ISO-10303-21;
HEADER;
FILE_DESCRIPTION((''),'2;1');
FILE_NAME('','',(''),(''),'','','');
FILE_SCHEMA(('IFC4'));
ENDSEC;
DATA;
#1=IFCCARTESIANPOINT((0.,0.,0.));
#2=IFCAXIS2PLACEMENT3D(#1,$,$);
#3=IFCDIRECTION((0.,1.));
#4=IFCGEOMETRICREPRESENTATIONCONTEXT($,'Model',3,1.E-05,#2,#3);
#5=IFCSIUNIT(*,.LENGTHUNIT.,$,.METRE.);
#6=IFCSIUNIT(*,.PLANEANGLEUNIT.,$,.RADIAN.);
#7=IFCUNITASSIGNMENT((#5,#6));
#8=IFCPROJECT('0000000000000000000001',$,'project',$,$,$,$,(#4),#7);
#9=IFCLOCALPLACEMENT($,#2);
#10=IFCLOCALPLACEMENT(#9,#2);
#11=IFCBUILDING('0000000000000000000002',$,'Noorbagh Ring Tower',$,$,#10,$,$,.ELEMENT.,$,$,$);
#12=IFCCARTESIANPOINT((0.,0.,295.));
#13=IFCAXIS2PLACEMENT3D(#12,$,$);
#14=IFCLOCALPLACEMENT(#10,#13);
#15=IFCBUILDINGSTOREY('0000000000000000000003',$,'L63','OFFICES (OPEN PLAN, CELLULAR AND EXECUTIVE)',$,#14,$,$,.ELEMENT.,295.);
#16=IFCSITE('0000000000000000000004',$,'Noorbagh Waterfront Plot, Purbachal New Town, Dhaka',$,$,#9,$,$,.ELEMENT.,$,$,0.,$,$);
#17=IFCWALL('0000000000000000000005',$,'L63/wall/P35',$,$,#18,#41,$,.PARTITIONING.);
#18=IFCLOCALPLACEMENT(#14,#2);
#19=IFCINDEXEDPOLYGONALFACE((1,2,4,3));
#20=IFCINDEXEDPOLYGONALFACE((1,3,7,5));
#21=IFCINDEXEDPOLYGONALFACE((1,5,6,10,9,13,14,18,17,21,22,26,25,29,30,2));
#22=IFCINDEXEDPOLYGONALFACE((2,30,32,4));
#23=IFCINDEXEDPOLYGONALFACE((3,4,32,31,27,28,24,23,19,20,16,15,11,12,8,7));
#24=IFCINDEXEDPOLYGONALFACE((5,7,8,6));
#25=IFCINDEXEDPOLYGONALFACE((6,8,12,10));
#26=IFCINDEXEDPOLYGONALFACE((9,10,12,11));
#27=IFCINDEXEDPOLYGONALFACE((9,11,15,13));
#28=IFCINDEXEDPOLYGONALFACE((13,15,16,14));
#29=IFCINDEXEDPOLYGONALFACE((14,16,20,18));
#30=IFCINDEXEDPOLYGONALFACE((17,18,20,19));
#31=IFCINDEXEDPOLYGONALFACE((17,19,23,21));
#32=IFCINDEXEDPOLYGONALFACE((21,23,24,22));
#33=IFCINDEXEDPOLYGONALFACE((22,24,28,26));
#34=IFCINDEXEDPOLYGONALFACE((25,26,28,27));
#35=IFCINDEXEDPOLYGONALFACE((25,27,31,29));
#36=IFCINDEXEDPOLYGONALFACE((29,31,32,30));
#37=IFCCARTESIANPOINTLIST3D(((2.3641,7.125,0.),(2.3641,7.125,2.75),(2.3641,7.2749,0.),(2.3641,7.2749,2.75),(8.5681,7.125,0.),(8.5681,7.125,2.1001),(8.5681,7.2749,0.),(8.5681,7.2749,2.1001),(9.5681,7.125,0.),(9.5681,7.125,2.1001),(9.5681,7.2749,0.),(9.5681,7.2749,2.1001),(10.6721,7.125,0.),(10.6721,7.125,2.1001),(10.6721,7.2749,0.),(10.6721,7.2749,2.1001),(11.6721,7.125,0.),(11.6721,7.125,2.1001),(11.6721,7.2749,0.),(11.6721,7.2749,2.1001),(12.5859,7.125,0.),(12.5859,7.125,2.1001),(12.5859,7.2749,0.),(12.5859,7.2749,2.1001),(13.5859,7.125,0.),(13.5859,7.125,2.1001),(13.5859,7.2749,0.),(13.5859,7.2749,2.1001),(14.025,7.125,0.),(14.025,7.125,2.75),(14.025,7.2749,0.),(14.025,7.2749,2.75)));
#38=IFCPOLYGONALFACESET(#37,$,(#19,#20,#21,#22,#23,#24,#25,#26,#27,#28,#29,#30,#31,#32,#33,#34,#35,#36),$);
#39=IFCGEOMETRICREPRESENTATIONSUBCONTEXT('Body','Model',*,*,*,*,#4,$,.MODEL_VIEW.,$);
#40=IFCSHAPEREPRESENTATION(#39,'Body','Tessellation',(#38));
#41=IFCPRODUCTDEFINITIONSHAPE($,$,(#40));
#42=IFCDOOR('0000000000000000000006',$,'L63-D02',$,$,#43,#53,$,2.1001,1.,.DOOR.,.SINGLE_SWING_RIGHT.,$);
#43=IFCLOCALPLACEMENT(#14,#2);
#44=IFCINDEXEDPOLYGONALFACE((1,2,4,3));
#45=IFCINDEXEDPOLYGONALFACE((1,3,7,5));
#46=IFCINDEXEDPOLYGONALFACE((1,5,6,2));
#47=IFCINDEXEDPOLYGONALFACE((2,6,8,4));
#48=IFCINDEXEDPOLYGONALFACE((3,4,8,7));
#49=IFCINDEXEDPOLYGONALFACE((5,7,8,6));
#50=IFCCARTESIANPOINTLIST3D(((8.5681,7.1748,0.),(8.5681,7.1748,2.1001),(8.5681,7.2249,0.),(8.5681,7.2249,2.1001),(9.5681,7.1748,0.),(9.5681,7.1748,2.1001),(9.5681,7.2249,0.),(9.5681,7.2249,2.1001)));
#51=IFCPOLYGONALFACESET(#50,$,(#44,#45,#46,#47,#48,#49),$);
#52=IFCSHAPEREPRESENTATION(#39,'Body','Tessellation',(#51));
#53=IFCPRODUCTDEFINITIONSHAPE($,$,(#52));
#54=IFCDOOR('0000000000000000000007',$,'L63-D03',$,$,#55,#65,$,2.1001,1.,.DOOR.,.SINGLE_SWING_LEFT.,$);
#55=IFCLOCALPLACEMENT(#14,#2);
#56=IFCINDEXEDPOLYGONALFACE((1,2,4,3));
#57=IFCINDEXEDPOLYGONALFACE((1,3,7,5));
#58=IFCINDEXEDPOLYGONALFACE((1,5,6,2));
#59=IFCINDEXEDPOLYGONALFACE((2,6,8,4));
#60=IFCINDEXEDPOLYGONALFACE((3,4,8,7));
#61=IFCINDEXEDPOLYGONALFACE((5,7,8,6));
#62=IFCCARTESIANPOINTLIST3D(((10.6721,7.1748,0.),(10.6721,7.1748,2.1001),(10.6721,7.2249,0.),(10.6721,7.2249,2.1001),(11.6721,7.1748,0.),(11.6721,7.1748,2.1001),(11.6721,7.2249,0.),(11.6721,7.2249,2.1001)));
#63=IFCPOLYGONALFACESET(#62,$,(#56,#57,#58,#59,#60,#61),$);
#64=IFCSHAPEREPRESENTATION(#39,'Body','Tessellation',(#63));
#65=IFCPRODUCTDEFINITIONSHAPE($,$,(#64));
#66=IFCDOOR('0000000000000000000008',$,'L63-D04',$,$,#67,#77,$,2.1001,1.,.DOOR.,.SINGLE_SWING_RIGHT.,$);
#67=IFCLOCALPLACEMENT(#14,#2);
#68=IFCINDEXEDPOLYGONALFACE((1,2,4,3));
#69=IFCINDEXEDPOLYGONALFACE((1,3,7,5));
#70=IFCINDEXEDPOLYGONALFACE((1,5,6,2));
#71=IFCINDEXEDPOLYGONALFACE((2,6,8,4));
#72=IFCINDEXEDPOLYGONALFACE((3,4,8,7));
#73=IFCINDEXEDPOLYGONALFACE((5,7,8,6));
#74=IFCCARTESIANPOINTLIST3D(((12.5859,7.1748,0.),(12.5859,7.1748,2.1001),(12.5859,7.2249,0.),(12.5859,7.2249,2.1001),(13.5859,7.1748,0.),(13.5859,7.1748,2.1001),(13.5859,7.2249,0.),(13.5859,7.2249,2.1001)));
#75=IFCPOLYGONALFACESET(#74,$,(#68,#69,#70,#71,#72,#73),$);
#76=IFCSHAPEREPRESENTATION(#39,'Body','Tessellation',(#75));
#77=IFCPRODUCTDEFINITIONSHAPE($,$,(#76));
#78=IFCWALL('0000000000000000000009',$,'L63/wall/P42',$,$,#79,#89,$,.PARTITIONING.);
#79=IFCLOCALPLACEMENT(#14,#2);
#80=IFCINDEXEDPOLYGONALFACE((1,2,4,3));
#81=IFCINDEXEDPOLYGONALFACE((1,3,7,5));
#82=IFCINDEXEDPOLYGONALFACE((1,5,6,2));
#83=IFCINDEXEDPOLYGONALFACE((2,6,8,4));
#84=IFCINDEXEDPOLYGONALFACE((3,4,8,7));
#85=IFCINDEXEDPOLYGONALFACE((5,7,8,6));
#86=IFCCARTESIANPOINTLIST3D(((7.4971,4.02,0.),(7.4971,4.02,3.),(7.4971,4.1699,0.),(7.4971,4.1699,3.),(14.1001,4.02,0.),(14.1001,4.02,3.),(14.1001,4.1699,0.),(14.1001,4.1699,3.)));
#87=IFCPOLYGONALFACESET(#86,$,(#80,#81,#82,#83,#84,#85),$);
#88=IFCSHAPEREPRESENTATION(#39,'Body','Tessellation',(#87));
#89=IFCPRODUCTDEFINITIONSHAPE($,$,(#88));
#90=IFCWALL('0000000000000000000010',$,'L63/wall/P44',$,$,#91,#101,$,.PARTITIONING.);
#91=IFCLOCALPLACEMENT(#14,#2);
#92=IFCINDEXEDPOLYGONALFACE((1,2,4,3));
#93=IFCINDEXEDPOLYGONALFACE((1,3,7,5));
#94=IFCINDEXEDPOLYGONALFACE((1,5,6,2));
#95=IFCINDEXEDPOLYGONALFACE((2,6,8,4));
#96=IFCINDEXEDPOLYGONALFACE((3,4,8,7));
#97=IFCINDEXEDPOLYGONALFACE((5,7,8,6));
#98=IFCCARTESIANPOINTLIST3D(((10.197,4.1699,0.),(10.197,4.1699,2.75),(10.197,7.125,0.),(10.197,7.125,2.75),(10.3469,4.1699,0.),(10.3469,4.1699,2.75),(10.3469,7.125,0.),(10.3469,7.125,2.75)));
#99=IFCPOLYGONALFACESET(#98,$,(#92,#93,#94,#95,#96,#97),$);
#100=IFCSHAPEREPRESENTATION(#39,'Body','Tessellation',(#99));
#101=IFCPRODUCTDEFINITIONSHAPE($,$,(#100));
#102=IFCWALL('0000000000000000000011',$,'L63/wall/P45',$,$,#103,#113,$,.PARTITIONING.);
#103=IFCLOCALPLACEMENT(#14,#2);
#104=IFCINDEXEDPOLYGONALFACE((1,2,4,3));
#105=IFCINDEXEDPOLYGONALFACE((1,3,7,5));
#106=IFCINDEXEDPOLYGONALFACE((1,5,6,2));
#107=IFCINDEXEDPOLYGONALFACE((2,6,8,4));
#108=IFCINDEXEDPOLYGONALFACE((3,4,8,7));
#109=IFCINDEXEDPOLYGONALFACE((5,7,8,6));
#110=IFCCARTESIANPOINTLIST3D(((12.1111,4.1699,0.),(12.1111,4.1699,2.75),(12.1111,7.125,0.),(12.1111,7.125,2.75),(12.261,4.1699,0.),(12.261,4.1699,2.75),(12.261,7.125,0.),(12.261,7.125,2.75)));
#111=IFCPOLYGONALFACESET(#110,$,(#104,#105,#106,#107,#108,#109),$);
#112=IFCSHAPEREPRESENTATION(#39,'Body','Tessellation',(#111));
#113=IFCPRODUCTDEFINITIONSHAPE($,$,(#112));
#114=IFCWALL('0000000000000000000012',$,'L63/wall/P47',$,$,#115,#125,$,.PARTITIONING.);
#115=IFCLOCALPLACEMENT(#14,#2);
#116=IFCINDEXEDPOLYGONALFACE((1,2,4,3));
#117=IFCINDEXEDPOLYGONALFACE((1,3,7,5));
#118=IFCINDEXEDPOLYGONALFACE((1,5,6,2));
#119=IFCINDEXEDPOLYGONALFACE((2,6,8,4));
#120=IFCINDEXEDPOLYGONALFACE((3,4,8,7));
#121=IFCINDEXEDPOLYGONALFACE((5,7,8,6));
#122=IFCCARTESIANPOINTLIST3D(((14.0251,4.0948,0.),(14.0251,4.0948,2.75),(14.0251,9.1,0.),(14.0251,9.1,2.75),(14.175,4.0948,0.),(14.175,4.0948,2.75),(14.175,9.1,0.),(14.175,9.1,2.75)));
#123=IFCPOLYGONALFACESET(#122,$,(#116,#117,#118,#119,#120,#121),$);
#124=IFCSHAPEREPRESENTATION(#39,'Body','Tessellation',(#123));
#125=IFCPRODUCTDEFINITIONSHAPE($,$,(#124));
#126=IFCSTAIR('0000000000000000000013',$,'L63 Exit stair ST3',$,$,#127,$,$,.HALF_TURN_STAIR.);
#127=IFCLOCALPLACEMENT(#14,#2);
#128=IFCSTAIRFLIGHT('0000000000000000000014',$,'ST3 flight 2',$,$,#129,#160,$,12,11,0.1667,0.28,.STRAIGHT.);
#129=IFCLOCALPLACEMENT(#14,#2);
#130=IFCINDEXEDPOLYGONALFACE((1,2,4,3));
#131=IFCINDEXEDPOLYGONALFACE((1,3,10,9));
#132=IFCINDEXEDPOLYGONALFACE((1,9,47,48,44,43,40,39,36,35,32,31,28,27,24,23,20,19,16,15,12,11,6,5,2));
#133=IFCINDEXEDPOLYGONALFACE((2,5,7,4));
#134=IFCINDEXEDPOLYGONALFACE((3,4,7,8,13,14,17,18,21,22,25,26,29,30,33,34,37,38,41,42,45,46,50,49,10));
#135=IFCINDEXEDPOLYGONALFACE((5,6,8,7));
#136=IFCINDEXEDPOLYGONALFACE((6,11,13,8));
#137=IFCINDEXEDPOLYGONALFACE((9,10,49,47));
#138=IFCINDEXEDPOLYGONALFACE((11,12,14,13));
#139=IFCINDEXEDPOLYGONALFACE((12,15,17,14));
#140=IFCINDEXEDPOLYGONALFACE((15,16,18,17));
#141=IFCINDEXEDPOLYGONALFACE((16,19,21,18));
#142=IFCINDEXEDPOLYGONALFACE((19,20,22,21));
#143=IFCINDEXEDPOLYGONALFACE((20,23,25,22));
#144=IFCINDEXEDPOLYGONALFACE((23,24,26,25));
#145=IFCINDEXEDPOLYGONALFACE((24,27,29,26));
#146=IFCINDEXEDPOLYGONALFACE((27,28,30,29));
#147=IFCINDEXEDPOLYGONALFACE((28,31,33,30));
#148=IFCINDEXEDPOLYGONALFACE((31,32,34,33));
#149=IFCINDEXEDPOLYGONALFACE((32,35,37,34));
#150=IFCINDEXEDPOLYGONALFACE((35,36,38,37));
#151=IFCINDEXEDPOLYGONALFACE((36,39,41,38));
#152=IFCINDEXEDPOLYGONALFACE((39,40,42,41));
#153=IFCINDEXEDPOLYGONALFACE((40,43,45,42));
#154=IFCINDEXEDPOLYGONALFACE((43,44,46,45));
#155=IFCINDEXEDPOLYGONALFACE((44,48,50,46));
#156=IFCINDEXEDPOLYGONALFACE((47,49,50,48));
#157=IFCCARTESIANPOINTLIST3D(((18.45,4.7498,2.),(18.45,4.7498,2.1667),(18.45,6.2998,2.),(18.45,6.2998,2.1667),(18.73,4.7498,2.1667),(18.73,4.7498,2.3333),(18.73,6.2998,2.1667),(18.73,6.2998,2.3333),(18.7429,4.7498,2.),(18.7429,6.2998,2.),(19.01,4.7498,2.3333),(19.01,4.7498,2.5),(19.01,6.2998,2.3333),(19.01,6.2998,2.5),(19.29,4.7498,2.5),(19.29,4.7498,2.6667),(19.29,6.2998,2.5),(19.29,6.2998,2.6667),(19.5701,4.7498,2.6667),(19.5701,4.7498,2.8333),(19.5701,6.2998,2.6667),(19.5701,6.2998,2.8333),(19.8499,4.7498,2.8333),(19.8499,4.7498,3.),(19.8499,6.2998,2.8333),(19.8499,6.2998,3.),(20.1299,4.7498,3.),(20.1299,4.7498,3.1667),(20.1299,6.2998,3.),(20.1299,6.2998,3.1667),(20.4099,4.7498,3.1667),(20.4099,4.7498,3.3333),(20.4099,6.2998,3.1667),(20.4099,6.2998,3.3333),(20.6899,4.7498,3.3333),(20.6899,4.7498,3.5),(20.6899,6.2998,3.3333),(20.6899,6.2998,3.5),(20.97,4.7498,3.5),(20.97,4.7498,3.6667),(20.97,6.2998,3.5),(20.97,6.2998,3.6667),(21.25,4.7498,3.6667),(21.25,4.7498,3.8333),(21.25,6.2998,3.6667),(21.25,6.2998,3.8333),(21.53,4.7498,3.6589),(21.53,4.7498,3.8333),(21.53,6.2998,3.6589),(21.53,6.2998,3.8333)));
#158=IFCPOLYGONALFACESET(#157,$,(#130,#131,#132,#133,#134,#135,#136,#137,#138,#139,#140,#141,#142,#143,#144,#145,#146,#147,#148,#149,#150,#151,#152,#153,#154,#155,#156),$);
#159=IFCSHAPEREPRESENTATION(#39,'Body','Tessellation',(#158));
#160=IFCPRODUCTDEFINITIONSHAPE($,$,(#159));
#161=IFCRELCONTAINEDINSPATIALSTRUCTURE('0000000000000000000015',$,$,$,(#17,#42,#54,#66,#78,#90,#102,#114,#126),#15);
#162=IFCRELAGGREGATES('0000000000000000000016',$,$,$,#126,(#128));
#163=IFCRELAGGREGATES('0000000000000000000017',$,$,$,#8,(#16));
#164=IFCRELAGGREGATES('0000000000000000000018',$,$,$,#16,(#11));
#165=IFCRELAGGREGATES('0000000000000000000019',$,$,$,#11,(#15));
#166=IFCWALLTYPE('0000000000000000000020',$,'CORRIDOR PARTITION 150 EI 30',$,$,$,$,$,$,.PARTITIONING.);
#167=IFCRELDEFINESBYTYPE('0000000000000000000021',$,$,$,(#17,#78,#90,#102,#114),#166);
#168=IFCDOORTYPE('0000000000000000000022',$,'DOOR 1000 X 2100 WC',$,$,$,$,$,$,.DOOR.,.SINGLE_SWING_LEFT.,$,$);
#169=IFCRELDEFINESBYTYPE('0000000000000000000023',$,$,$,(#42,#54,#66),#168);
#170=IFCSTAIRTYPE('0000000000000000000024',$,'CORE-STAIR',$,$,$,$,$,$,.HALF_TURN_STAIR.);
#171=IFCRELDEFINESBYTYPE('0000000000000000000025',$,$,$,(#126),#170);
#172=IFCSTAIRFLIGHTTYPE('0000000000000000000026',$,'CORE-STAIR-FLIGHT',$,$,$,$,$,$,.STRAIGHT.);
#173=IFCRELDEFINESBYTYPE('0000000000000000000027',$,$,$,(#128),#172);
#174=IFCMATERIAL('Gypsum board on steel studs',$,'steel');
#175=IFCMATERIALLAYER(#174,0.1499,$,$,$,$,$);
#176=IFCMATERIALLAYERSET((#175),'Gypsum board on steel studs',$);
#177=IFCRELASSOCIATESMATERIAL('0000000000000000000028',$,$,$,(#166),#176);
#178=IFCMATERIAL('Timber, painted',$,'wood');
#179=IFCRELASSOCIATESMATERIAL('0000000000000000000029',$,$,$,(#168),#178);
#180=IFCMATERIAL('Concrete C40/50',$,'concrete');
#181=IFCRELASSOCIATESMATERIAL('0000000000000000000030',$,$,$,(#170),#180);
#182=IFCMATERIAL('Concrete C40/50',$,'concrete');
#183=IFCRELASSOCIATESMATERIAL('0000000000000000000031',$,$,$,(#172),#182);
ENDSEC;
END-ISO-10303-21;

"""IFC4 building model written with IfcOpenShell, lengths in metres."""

from ifc_helpers import new_model, si_unit, direction, frame, frame_2d, origin, place, context, subcontext, project, spatial, polyline, rectangle, outline, extrude, material, layer, layer_set, type_object, element, fill, aggregate, save


model = new_model("IFC4")

# Units and contexts
model_context = context("Model", 3, precision=1e-05, world=origin(), true_north=direction((0.0, 1.0)))
body_context = subcontext(model_context, "Body", "Model", "MODEL_VIEW")
ifc_project = project(units=[si_unit("LENGTHUNIT", "METRE"), si_unit("PLANEANGLEUNIT", "RADIAN")], contexts=[model_context])

# Site, building, storey
site_placement = place(None, origin())
site = spatial("IfcSite", under=ifc_project, at=site_placement, Name="Noorbagh Waterfront Plot, Purbachal New Town, Dhaka", CompositionType="ELEMENT", RefElevation=0.0)
building_placement = place(site_placement, origin())
building = spatial("IfcBuilding", under=site, at=building_placement, Name="Noorbagh Ring Tower", CompositionType="ELEMENT")
storey_placement = place(building_placement, frame((0.0, 0.0, 295.0)))
storey = spatial("IfcBuildingStorey", under=building, at=storey_placement, Name="L63", Description="OFFICES (OPEN PLAN, CELLULAR AND EXECUTIVE)", CompositionType="ELEMENT", Elevation=295.0)

# Shared definitions
ifc_material_1 = material(Name="Gypsum board on steel studs", Category="steel")
ifc_layer_1 = layer(ifc_material_1, 0.1499)
ifc_layer_set_1 = layer_set([ifc_layer_1], Name="Gypsum board on steel studs")
wall_type_1 = type_object("IfcWallType", Name="CORRIDOR PARTITION 150 EI 30", PredefinedType="PARTITIONING", material=ifc_layer_set_1)

# Wall, openings, doors
wall_1_placement = place(storey_placement, frame((2.364, 7.2, 0.0), z_axis=(0.0, 0.0, 1.0), x_axis=(1.0, 0.0, 0.0)))
wall_1 = element("IfcWall", 1, at=wall_1_placement, inside=storey, type_object=wall_type_1, Name="L63/wall/P35", PredefinedType="PARTITIONING", context=body_context, shape_type="SweptSolid", body=[
    extrude(rectangle(XDim=11.6609, YDim=0.1499, at=frame_2d((5.8306, 0.0))), origin(), (0.0, 0.0, 1.0), 2.75),
])
opening_1_placement = place(wall_1_placement, frame((6.2041, 0.0, 0.0)))
opening_1 = element("IfcOpeningElement", 2, at=opening_1_placement, cuts=wall_1, PredefinedType="OPENING", context=body_context, shape_type="SweptSolid", body=[
    extrude(rectangle(XDim=1.0, YDim=2.1001, at=frame_2d((0.5, 1.05))), frame((0.0, 0.085, 0.0), z_axis=(0.0, -1.0, 0.0), x_axis=(1.0, 0.0, 0.0)), (0.0, 0.0, 1.0), 0.1699),
])
opening_2_placement = place(wall_1_placement, frame((8.3081, 0.0, 0.0)))
opening_2 = element("IfcOpeningElement", 3, at=opening_2_placement, cuts=wall_1, PredefinedType="OPENING", context=body_context, shape_type="SweptSolid", body=[
    extrude(rectangle(XDim=1.0, YDim=2.1001, at=frame_2d((0.5, 1.05))), frame((0.0, 0.085, 0.0), z_axis=(0.0, -1.0, 0.0), x_axis=(1.0, 0.0, 0.0)), (0.0, 0.0, 1.0), 0.1699),
])
opening_3_placement = place(wall_1_placement, frame((10.2219, 0.0, 0.0)))
opening_3 = element("IfcOpeningElement", 4, at=opening_3_placement, cuts=wall_1, PredefinedType="OPENING", context=body_context, shape_type="SweptSolid", body=[
    extrude(rectangle(XDim=1.0, YDim=2.1001, at=frame_2d((0.5, 1.05))), frame((0.0, 0.085, 0.0), z_axis=(0.0, -1.0, 0.0), x_axis=(1.0, 0.0, 0.0)), (0.0, 0.0, 1.0), 0.1699),
])
ifc_material_2 = material(Name="Timber, painted", Category="wood")
door_type_1 = type_object("IfcDoorType", Name="DOOR 1000 X 2100 WC", OperationType="SINGLE_SWING_LEFT", PredefinedType="DOOR", material=ifc_material_2)
door_1_placement = place(opening_1_placement, origin())
door_1 = element("IfcDoor", 5, at=door_1_placement, inside=storey, type_object=door_type_1, Name="L63-D02", OperationType="SINGLE_SWING_RIGHT", OverallHeight=2.1001, OverallWidth=1.0, PredefinedType="DOOR", context=body_context, shape_type="SweptSolid", body=[
    extrude(rectangle(XDim=1.0, YDim=2.1001, at=frame_2d((0.5, 1.05))), frame((0.0, 0.0249, 0.0), z_axis=(0.0, -1.0, 0.0), x_axis=(1.0, 0.0, 0.0)), (0.0, 0.0, 1.0), 0.05),
])
fill(opening_1, door_1)
door_2_placement = place(opening_2_placement, origin())
door_2 = element("IfcDoor", 6, at=door_2_placement, inside=storey, type_object=door_type_1, Name="L63-D03", OperationType="SINGLE_SWING_LEFT", OverallHeight=2.1001, OverallWidth=1.0, PredefinedType="DOOR", context=body_context, shape_type="SweptSolid", body=[
    extrude(rectangle(XDim=1.0, YDim=2.1001, at=frame_2d((0.5, 1.05))), frame((0.0, 0.0249, 0.0), z_axis=(0.0, -1.0, 0.0), x_axis=(1.0, 0.0, 0.0)), (0.0, 0.0, 1.0), 0.05),
])
fill(opening_2, door_2)
door_3_placement = place(opening_3_placement, origin())
door_3 = element("IfcDoor", 7, at=door_3_placement, inside=storey, type_object=door_type_1, Name="L63-D04", OperationType="SINGLE_SWING_RIGHT", OverallHeight=2.1001, OverallWidth=1.0, PredefinedType="DOOR", context=body_context, shape_type="SweptSolid", body=[
    extrude(rectangle(XDim=1.0, YDim=2.1001, at=frame_2d((0.5, 1.05))), frame((0.0, 0.0249, 0.0), z_axis=(0.0, -1.0, 0.0), x_axis=(1.0, 0.0, 0.0)), (0.0, 0.0, 1.0), 0.05),
])
fill(opening_3, door_3)

# Walls
wall_2_placement = place(storey_placement, frame((7.4971, 4.095, 0.0), z_axis=(0.0, 0.0, 1.0), x_axis=(1.0, 0.0, 0.0)))
element("IfcWall", 8, at=wall_2_placement, inside=storey, type_object=wall_type_1, Name="L63/wall/P42", PredefinedType="PARTITIONING", context=body_context, shape_type="SweptSolid", body=[
    extrude(rectangle(XDim=6.603, YDim=0.1499, at=frame_2d((3.3015, 0.0))), origin(), (0.0, 0.0, 1.0), 3.0),
])
for number, where, z_axis, x_axis, name in (
    (9, (10.272, 4.1699, 0.0), (0.0, 0.0, 1.0), (0.0, 1.0, 0.0), "L63/wall/P44"),
    (10, (12.186, 4.1699, 0.0), (0.0, 0.0, 1.0), (0.0, 1.0, 0.0), "L63/wall/P45"),
):
    element("IfcWall", number, at=place(storey_placement, frame(where, z_axis=z_axis, x_axis=x_axis)), inside=storey, type_object=wall_type_1, Name=name, PredefinedType="PARTITIONING", context=body_context, shape_type="SweptSolid", body=[
        extrude(rectangle(XDim=2.9551, YDim=0.1499, at=frame_2d((1.4775, 0.0))), origin(), (0.0, 0.0, 1.0), 2.75),
    ])
wall_3_placement = place(storey_placement, frame((14.1001, 4.095, 0.0), z_axis=(0.0, 0.0, 1.0), x_axis=(0.0, 1.0, 0.0)))
element("IfcWall", 11, at=wall_3_placement, inside=storey, type_object=wall_type_1, Name="L63/wall/P47", PredefinedType="PARTITIONING", context=body_context, shape_type="SweptSolid", body=[
    extrude(rectangle(XDim=5.0051, YDim=0.1499, at=frame_2d((2.5024, 0.0))), origin(), (0.0, 0.0, 1.0), 2.75),
])

# Stair, stair flight
ifc_material_3 = material(Name="Concrete C40/50", Category="concrete")
stair_type = type_object("IfcStairType", Name="CORE-STAIR", PredefinedType="HALF_TURN_STAIR", material=ifc_material_3)
stair_placement = place(storey_placement, origin())
stair = element("IfcStair", 12, at=stair_placement, inside=storey, type_object=stair_type, Name="L63 Exit stair ST3", PredefinedType="HALF_TURN_STAIR")
ifc_material_4 = material(Name="Concrete C40/50", Category="concrete")
stair_flight_type = type_object("IfcStairFlightType", Name="CORE-STAIR-FLIGHT", PredefinedType="STRAIGHT", material=ifc_material_4)
stair_flight_placement = place(storey_placement, frame((18.45, 5.5249, 2.0), z_axis=(0.0, 0.0, 1.0), x_axis=(1.0, 0.0, 0.0)))
stair_flight = element("IfcStairFlight", 13, at=stair_flight_placement, type_object=stair_flight_type, Name="ST3 flight 2", NumberOfRisers=12, NumberOfTreads=11, PredefinedType="STRAIGHT", RiserHeight=0.1667, TreadLength=0.28, context=body_context, shape_type="SweptSolid", body=[
    extrude(outline(polyline([(0.0, 0.0), (0.0, 0.1667), (0.28, 0.1667), (0.28, 0.3333), (0.5601, 0.3333), (0.5601, 0.5), (0.8401, 0.5), (0.8401, 0.6667), (1.1201, 0.6667), (1.1201, 0.8333), (1.3999, 0.8333), (1.3999, 1.0), (1.6799, 1.0), (1.6799, 1.1667), (1.96, 1.1667), (1.96, 1.3333), (2.24, 1.3333), (2.24, 1.5), (2.52, 1.5), (2.52, 1.6667), (2.8, 1.6667), (2.8, 1.8333), (3.0801, 1.8333), (3.0801, 2.0), (3.0801, 1.6589), (0.293, 0.0), (0.0, 0.0)])), frame((0.0, 0.7749, 0.0), z_axis=(0.0, -1.0, 0.0), x_axis=(1.0, 0.0, 0.0)), (0.0, 0.0, 1.0), 1.55),
])
aggregate(stair, [stair_flight])

save(model, "model.ifc")
